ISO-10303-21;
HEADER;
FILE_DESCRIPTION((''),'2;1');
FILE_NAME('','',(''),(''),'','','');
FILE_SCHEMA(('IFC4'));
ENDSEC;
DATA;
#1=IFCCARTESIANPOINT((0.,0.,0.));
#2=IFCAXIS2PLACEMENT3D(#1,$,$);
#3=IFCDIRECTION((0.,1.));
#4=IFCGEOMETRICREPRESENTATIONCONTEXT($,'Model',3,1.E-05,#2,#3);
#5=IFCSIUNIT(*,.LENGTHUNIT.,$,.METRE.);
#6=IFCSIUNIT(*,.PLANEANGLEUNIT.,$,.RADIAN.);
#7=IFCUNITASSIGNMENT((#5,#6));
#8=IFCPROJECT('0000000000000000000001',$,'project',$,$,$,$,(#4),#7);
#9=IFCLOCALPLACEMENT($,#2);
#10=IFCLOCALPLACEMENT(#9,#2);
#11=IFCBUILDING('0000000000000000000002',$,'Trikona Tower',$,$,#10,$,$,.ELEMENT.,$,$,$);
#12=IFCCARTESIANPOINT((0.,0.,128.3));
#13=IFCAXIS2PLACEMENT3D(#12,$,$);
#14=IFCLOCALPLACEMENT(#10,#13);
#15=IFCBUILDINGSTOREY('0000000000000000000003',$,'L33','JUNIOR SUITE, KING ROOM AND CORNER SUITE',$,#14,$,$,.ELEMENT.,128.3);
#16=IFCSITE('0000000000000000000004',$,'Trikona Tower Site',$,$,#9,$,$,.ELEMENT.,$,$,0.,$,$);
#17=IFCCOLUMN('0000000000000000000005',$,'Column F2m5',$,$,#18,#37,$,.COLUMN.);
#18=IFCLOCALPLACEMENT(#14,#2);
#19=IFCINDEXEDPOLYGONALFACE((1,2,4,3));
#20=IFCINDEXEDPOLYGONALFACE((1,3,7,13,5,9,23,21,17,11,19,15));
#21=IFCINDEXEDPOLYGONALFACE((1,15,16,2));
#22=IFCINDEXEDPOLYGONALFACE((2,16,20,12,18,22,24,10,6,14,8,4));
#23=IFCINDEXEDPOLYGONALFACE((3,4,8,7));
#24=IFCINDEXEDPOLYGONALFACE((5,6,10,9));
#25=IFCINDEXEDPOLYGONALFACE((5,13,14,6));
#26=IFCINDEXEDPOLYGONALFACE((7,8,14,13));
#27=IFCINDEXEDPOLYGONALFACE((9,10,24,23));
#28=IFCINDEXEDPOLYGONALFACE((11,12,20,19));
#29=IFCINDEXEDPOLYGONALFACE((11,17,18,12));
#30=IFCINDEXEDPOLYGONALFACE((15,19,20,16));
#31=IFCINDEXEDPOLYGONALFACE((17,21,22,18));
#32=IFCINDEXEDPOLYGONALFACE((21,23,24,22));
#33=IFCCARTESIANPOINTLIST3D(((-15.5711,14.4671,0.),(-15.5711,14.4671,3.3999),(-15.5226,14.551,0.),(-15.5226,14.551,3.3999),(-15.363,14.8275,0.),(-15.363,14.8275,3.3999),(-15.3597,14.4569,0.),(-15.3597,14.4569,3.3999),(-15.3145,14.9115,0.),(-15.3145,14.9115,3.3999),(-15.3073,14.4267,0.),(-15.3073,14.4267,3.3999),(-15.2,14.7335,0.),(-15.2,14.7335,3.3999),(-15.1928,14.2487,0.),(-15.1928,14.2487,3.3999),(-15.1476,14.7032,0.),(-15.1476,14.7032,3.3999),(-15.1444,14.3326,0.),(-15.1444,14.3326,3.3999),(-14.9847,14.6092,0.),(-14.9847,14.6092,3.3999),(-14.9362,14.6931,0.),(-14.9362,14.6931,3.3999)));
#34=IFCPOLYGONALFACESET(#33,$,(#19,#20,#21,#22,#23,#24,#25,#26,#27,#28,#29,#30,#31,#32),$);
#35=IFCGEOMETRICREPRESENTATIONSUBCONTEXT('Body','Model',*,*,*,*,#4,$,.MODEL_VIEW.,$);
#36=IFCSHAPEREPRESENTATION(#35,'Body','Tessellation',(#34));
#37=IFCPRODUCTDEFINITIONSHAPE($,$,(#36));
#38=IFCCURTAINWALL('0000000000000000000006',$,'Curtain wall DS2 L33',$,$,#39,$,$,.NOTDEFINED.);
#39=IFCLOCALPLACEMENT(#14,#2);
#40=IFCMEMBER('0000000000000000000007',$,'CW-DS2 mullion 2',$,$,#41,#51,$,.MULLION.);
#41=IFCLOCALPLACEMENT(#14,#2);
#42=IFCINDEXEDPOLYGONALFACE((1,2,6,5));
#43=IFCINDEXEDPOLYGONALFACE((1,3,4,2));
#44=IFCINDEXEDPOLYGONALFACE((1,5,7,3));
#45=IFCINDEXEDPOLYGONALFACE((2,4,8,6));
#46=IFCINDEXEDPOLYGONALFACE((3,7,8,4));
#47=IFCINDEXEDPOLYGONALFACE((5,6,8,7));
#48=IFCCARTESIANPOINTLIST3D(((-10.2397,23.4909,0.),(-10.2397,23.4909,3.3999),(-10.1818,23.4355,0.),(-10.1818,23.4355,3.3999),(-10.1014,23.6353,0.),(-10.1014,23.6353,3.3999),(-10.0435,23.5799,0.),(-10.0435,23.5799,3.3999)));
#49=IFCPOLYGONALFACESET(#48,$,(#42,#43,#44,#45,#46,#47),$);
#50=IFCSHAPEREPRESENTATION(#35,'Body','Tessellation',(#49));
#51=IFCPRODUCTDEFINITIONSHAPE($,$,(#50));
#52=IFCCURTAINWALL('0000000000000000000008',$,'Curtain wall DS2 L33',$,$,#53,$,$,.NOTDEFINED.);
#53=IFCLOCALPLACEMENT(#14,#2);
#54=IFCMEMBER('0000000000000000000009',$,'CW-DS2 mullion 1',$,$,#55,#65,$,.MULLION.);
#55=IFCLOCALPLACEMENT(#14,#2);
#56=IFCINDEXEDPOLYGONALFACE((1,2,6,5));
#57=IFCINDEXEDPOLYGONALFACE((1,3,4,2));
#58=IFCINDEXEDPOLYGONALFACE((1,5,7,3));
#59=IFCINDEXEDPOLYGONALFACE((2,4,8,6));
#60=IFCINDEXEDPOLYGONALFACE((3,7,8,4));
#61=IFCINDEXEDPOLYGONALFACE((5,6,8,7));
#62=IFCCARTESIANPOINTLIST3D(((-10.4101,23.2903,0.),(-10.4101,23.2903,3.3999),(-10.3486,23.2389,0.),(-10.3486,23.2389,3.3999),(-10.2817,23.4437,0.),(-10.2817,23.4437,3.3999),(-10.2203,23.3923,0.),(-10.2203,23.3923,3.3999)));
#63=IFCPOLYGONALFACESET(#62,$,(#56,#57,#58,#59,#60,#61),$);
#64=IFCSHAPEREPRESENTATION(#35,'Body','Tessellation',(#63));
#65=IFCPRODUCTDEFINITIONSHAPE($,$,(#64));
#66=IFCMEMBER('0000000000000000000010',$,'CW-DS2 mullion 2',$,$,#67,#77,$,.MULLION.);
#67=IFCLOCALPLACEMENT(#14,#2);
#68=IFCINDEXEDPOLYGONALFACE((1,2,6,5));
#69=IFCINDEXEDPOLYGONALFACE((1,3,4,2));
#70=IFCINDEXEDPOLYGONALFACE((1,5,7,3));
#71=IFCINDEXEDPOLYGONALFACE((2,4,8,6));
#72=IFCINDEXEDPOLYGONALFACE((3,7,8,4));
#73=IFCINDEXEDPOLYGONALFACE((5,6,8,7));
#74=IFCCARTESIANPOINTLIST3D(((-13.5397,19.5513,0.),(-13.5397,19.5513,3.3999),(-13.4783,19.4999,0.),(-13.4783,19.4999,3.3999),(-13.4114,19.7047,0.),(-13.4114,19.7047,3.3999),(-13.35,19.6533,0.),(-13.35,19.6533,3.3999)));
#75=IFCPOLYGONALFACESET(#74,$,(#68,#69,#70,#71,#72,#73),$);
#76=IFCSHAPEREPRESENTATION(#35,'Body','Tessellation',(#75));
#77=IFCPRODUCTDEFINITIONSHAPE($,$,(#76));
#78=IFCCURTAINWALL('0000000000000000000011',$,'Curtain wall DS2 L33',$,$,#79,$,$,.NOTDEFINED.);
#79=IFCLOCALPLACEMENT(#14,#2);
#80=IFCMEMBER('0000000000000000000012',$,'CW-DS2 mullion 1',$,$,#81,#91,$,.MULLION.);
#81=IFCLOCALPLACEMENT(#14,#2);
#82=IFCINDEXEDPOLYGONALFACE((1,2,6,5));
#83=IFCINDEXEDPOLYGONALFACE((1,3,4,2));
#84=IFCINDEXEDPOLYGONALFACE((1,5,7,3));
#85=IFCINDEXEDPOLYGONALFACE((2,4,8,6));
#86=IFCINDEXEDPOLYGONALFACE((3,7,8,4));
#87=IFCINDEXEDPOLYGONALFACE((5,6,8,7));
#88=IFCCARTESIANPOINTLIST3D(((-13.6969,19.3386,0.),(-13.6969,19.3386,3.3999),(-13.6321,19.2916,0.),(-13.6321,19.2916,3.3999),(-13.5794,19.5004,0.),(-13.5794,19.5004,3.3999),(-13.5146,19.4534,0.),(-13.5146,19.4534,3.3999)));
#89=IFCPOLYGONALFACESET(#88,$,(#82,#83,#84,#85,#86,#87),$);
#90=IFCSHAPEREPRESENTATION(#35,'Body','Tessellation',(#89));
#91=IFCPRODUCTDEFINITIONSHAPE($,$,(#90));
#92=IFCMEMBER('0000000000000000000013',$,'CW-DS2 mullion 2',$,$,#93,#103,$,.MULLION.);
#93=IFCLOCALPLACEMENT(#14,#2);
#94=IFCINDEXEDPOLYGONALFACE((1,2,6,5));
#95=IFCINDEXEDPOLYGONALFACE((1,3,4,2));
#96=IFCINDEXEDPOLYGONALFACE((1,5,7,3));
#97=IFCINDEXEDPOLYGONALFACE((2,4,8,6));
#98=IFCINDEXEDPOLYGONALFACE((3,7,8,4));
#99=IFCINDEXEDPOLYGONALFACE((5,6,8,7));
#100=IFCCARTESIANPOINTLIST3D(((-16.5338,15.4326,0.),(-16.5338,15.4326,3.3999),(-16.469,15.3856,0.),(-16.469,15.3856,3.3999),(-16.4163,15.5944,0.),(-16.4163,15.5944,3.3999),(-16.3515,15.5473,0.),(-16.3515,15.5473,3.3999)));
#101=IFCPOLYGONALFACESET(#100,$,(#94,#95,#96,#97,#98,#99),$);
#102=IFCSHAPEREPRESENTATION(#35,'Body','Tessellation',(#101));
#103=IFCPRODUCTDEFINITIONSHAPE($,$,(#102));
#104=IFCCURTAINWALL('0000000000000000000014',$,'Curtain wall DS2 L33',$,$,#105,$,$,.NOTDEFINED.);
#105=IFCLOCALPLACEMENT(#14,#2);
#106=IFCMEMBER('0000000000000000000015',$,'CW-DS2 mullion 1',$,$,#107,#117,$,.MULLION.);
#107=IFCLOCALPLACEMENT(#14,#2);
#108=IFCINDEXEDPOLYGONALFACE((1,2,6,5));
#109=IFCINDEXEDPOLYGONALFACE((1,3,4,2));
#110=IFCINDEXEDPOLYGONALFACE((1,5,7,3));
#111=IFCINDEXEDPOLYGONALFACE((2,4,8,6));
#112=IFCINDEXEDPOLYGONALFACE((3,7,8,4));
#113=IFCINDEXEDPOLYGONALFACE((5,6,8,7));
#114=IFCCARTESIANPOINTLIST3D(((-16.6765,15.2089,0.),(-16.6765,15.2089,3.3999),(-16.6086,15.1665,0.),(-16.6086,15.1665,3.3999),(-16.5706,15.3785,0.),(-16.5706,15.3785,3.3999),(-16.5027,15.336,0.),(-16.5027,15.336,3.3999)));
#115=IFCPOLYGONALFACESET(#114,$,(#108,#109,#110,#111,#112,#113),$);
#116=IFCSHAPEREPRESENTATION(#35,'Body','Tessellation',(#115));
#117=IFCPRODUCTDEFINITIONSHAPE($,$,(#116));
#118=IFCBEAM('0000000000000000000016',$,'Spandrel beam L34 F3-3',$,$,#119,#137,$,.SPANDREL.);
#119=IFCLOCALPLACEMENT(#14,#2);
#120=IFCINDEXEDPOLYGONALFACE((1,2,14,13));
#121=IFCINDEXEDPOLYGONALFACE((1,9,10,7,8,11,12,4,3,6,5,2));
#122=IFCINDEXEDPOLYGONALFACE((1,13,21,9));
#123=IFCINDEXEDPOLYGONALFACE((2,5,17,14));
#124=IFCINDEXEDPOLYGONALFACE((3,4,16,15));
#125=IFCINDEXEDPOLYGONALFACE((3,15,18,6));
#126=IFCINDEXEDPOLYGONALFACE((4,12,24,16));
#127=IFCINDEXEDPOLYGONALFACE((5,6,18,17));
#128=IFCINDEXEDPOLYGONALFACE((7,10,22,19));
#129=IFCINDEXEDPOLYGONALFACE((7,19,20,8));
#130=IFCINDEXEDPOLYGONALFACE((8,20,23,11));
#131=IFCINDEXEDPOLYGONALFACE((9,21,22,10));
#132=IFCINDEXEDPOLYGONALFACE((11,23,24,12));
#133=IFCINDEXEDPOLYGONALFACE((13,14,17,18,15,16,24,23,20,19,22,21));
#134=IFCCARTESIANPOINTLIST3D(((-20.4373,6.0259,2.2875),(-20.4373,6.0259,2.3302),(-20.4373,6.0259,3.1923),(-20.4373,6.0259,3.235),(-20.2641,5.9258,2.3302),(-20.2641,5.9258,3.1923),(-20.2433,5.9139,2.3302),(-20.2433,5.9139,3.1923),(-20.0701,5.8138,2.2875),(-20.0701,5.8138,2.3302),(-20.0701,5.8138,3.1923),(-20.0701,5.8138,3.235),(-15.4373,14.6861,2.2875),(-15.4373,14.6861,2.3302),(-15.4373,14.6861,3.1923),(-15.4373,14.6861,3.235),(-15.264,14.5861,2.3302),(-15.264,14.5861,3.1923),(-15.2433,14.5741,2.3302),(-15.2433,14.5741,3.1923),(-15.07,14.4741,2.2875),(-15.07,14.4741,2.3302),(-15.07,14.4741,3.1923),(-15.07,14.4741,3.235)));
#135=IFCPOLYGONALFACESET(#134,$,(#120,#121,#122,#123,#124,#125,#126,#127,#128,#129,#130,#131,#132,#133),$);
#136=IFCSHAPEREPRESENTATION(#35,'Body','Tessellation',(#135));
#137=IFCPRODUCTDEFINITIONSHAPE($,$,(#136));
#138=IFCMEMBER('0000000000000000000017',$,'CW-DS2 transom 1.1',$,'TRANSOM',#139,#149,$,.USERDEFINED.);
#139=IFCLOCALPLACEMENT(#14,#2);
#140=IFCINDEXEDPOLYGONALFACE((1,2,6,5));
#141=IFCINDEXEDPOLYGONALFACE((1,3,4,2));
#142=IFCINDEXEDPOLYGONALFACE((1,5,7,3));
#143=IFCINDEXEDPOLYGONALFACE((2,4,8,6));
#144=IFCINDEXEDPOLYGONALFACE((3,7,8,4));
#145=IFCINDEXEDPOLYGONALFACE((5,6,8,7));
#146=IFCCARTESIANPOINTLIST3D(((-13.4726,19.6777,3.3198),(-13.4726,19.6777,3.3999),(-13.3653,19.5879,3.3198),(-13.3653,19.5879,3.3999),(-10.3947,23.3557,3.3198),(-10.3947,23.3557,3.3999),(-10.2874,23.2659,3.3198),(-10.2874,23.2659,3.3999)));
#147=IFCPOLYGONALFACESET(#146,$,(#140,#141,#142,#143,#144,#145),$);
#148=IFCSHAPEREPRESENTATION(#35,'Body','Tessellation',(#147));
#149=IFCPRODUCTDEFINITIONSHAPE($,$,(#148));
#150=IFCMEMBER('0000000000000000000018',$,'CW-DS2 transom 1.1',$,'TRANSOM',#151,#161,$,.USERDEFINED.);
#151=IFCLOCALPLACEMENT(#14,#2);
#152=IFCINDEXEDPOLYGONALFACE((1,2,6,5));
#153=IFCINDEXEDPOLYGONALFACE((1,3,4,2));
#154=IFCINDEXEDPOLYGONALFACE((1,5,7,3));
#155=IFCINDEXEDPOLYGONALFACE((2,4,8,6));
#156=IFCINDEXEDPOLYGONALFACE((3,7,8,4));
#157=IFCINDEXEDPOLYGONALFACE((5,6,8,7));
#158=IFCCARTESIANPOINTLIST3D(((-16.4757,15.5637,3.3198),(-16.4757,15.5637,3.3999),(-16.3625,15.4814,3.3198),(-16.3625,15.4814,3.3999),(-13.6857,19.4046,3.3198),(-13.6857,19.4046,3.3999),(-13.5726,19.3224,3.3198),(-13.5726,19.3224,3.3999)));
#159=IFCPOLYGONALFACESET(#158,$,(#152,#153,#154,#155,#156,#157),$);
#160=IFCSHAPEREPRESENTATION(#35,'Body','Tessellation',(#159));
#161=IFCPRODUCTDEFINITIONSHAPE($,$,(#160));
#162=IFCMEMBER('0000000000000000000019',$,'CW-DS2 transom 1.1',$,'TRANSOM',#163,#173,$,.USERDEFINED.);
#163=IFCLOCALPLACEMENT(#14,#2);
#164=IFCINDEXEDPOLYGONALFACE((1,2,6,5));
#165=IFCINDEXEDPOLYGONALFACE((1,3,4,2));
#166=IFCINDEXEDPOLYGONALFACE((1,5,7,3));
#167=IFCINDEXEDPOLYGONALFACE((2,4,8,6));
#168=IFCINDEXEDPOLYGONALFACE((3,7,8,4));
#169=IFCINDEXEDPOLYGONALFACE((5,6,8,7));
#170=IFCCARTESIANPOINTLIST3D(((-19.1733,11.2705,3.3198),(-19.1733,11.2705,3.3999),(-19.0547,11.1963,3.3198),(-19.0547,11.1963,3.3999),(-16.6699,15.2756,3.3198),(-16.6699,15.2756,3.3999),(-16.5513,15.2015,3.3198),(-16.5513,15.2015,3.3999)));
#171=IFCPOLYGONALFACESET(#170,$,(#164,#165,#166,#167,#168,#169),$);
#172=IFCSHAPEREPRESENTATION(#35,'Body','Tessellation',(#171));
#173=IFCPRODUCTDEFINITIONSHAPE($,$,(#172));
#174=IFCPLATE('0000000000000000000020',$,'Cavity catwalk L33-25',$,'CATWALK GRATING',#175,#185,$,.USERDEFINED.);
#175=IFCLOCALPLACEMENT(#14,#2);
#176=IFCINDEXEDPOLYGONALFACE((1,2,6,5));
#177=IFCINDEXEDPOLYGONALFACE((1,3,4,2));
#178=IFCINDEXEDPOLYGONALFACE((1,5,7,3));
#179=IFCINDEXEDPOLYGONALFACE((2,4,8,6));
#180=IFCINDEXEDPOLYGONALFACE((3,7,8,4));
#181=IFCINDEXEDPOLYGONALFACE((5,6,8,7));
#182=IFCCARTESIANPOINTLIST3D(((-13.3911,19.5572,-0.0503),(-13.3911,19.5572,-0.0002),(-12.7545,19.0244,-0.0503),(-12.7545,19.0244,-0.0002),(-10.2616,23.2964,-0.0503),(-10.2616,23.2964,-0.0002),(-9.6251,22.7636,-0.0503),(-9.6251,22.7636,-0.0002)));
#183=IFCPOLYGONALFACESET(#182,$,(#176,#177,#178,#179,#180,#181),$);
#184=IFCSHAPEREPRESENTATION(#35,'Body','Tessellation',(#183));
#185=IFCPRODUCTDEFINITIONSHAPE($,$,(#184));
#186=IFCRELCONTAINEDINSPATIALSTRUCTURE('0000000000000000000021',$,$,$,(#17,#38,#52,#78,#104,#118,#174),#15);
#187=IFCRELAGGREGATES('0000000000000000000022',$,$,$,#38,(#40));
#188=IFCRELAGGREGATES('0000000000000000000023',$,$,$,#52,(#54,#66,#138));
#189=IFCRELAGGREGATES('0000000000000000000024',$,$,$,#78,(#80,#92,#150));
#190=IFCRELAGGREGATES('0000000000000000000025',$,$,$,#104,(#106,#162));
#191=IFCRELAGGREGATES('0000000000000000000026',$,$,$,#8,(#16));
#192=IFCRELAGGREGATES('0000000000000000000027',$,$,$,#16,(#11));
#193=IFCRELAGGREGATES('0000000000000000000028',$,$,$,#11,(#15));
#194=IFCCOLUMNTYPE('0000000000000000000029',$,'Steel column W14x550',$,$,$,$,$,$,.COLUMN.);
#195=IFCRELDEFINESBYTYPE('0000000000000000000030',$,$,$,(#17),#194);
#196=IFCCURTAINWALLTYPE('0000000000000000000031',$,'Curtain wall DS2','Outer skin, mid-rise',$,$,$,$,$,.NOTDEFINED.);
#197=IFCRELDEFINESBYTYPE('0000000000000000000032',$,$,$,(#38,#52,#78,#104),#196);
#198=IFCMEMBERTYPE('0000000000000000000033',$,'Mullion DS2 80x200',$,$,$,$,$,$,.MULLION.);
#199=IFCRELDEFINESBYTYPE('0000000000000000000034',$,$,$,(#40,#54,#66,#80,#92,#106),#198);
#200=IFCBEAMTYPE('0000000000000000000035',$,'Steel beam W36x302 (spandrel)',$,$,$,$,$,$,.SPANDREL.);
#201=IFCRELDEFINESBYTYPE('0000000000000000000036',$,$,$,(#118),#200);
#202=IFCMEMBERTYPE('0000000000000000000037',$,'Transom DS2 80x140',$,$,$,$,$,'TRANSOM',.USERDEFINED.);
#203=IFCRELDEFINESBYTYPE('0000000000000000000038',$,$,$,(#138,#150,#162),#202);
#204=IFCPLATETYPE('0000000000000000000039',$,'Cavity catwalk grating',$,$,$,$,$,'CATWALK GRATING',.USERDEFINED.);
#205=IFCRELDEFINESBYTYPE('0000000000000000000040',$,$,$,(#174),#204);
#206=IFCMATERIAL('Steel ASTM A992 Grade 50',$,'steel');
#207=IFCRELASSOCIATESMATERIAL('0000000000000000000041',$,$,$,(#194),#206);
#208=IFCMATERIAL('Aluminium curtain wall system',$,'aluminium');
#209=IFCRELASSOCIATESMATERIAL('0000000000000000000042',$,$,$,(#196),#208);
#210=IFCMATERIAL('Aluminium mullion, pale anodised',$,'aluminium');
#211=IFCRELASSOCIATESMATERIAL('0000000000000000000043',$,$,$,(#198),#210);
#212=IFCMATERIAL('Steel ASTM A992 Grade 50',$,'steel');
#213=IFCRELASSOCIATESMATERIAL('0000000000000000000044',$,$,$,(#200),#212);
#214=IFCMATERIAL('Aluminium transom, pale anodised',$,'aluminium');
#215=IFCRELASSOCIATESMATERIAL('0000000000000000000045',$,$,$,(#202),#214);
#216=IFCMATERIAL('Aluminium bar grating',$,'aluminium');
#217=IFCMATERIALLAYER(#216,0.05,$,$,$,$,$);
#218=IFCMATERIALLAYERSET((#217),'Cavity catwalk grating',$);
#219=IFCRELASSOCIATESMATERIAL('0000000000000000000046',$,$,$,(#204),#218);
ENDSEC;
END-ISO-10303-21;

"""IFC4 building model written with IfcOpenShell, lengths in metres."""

from ifc_helpers import new_model, si_unit, direction, frame, origin, origin_2d, place, context, subcontext, project, spatial, rectangle, i_section, extrude, material, layer, layer_set, material_profile, profile_set, type_object, element, aggregate, save


model = new_model("IFC4")

# Units and contexts
model_context = context("Model", 3, precision=1e-05, world=origin(), true_north=direction((0.0, 1.0)))
body_context = subcontext(model_context, "Body", "Model", "MODEL_VIEW")
ifc_project = project(units=[si_unit("LENGTHUNIT", "METRE"), si_unit("PLANEANGLEUNIT", "RADIAN")], contexts=[model_context])

# Site, building, storey
site_placement = place(None, origin())
site = spatial("IfcSite", under=ifc_project, at=site_placement, Name="Trikona Tower Site", CompositionType="ELEMENT", RefElevation=0.0)
building_placement = place(site_placement, origin())
building = spatial("IfcBuilding", under=site, at=building_placement, Name="Trikona Tower", CompositionType="ELEMENT")
storey_placement = place(building_placement, frame((0.0, 0.0, 128.3)))
storey = spatial("IfcBuildingStorey", under=building, at=storey_placement, Name="L33", Description="JUNIOR SUITE, KING ROOM AND CORNER SUITE", CompositionType="ELEMENT", Elevation=128.3)

# Column
ifc_material_1 = material(Name="Steel ASTM A992 Grade 50", Category="steel")
ifc_material_profile_1 = material_profile(ifc_material_1, i_section(OverallWidth=0.4368, OverallDepth=0.5132, WebThickness=0.0605, FlangeThickness=0.0969, at=origin_2d()), Name="W14X550")
ifc_profile_set_1 = profile_set([ifc_material_profile_1], Name="Steel ASTM A992 Grade 50")
column_type = type_object("IfcColumnType", Name="Steel column W14x550", PredefinedType="COLUMN", material=ifc_profile_set_1)
column_placement = place(storey_placement, frame((-15.2537, 14.5801, 0.0), z_axis=(0.0, 0.0, 1.0), x_axis=(-0.866025, 0.5, 0.0)))
element("IfcColumn", 1, at=column_placement, inside=storey, type_object=column_type, Name="Column F2m5", PredefinedType="COLUMN", context=body_context, shape_type="SweptSolid", body=[
    extrude(i_section(OverallWidth=0.4368, OverallDepth=0.5132, WebThickness=0.0605, FlangeThickness=0.0969, at=origin_2d()), origin(), (0.0, 0.0, 1.0), 3.3999),
])

# Curtain wall, member
ifc_material_2 = material(Name="Aluminium curtain wall system", Category="aluminium")
curtain_wall_type = type_object("IfcCurtainWallType", Name="Curtain wall DS2", Description="Outer skin, mid-rise", PredefinedType="NOTDEFINED", material=ifc_material_2)
curtain_wall_1_placement = place(storey_placement, origin())
curtain_wall_1 = element("IfcCurtainWall", 2, at=curtain_wall_1_placement, inside=storey, type_object=curtain_wall_type, Name="Curtain wall DS2 L33", PredefinedType="NOTDEFINED")
ifc_material_3 = material(Name="Aluminium mullion, pale anodised", Category="aluminium")
ifc_material_profile_2 = material_profile(ifc_material_3, rectangle(XDim=0.0801, YDim=0.2, at=origin_2d()), Name="MUL-DS2")
ifc_profile_set_2 = profile_set([ifc_material_profile_2], Name="Aluminium mullion, pale anodised")
member_type_1 = type_object("IfcMemberType", Name="Mullion DS2 80x200", PredefinedType="MULLION", material=ifc_profile_set_2)
member_1_placement = place(storey_placement, frame((-10.1416, 23.5354, 0.0), z_axis=(0.0, 0.0, 1.0), x_axis=(0.722158, -0.691728, 0.0)))
member_1 = element("IfcMember", 3, at=member_1_placement, type_object=member_type_1, Name="CW-DS2 mullion 2", PredefinedType="MULLION", context=body_context, shape_type="SweptSolid", body=[
    extrude(rectangle(XDim=0.0801, YDim=0.2, at=origin_2d()), origin(), (0.0, 0.0, 1.0), 3.3999),
])
aggregate(curtain_wall_1, [member_1])

# Curtain walls, members
curtain_wall_2_placement = place(storey_placement, origin())
curtain_wall_2 = element("IfcCurtainWall", 4, at=curtain_wall_2_placement, inside=storey, type_object=curtain_wall_type, Name="Curtain wall DS2 L33", PredefinedType="NOTDEFINED")
member_2_placement = place(storey_placement, frame((-10.3152, 23.3413, 0.0), z_axis=(0.0, 0.0, 1.0), x_axis=(0.766867, -0.641806, 0.0)))
member_2 = element("IfcMember", 5, at=member_2_placement, type_object=member_type_1, Name="CW-DS2 mullion 1", PredefinedType="MULLION", context=body_context, shape_type="SweptSolid", body=[
    extrude(rectangle(XDim=0.0801, YDim=0.2, at=origin_2d()), origin(), (0.0, 0.0, 1.0), 3.3999),
])
member_3_placement = place(storey_placement, frame((-13.4448, 19.6023, 0.0), z_axis=(0.0, 0.0, 1.0), x_axis=(0.766867, -0.641806, 0.0)))
member_3 = element("IfcMember", 6, at=member_3_placement, type_object=member_type_1, Name="CW-DS2 mullion 2", PredefinedType="MULLION", context=body_context, shape_type="SweptSolid", body=[
    extrude(rectangle(XDim=0.0801, YDim=0.2, at=origin_2d()), origin(), (0.0, 0.0, 1.0), 3.3999),
])
curtain_wall_3_placement = place(storey_placement, origin())
curtain_wall_3 = element("IfcCurtainWall", 7, at=curtain_wall_3_placement, inside=storey, type_object=curtain_wall_type, Name="Curtain wall DS2 L33", PredefinedType="NOTDEFINED")
member_4_placement = place(storey_placement, frame((-13.6057, 19.396, 0.0), z_axis=(0.0, 0.0, 1.0), x_axis=(0.809086, -0.587691, 0.0)))
member_4 = element("IfcMember", 8, at=member_4_placement, type_object=member_type_1, Name="CW-DS2 mullion 1", PredefinedType="MULLION", context=body_context, shape_type="SweptSolid", body=[
    extrude(rectangle(XDim=0.0801, YDim=0.2, at=origin_2d()), origin(), (0.0, 0.0, 1.0), 3.3999),
])
member_5_placement = place(storey_placement, frame((-16.4426, 15.49, 0.0), z_axis=(0.0, 0.0, 1.0), x_axis=(0.809086, -0.587691, 0.0)))
member_5 = element("IfcMember", 9, at=member_5_placement, type_object=member_type_1, Name="CW-DS2 mullion 2", PredefinedType="MULLION", context=body_context, shape_type="SweptSolid", body=[
    extrude(rectangle(XDim=0.0801, YDim=0.2, at=origin_2d()), origin(), (0.0, 0.0, 1.0), 3.3999),
])

# Curtain wall, member
curtain_wall_4_placement = place(storey_placement, origin())
curtain_wall_4 = element("IfcCurtainWall", 10, at=curtain_wall_4_placement, inside=storey, type_object=curtain_wall_type, Name="Curtain wall DS2 L33", PredefinedType="NOTDEFINED")
member_6_placement = place(storey_placement, frame((-16.5896, 15.2725, 0.0), z_axis=(0.0, 0.0, 1.0), x_axis=(0.847998, -0.529999, 0.0)))
member_6 = element("IfcMember", 11, at=member_6_placement, type_object=member_type_1, Name="CW-DS2 mullion 1", PredefinedType="MULLION", context=body_context, shape_type="SweptSolid", body=[
    extrude(rectangle(XDim=0.0801, YDim=0.2, at=origin_2d()), origin(), (0.0, 0.0, 1.0), 3.3999),
])

# Beam
ifc_material_4 = material(Name="Steel ASTM A992 Grade 50", Category="steel")
ifc_material_profile_3 = material_profile(ifc_material_4, i_section(OverallWidth=0.4241, OverallDepth=0.9475, WebThickness=0.0239, FlangeThickness=0.0427, at=origin_2d()), Name="W36X302")
ifc_profile_set_3 = profile_set([ifc_material_profile_3], Name="Steel ASTM A992 Grade 50")
beam_type = type_object("IfcBeamType", Name="Steel beam W36x302 (spandrel)", PredefinedType="SPANDREL", material=ifc_profile_set_3)
beam_placement = place(storey_placement, frame((-15.2537, 14.5801, 2.7612), z_axis=(-0.500004, -0.866023, 0.0), x_axis=(0.866023, -0.500004, 0.0)))
element("IfcBeam", 12, at=beam_placement, inside=storey, type_object=beam_type, Name="Spandrel beam L34 F3-3", PredefinedType="SPANDREL", context=body_context, shape_type="SweptSolid", body=[
    extrude(i_section(OverallWidth=0.4241, OverallDepth=0.9475, WebThickness=0.0239, FlangeThickness=0.0427, at=origin_2d()), origin(), (0.0, 0.0, 1.0), 10.0),
])

# Members
ifc_material_5 = material(Name="Aluminium transom, pale anodised", Category="aluminium")
ifc_material_profile_4 = material_profile(ifc_material_5, rectangle(XDim=0.1399, YDim=0.0801, at=origin_2d()), Name="TRN-DS2")
ifc_profile_set_4 = profile_set([ifc_material_profile_4], Name="Aluminium transom, pale anodised")
member_type_2 = type_object("IfcMemberType", Name="Transom DS2 80x140", ElementType="TRANSOM", PredefinedType="USERDEFINED", material=ifc_profile_set_4)
member_7_placement = place(storey_placement, frame((-10.3411, 23.3108, 3.3599), z_axis=(-0.64177, -0.766897, 0.0), x_axis=(0.766897, -0.64177, 0.0)))
member_7 = element("IfcMember", 13, at=member_7_placement, type_object=member_type_2, Name="CW-DS2 transom 1.1", ObjectType="TRANSOM", PredefinedType="USERDEFINED", context=body_context, shape_type="SweptSolid", body=[
    extrude(rectangle(XDim=0.1399, YDim=0.0801, at=origin_2d()), origin(), (0.0, 0.0, 1.0), 4.7959),
])
member_8_placement = place(storey_placement, frame((-13.6292, 19.3635, 3.3599), z_axis=(-0.587695, -0.809083, 0.0), x_axis=(0.809083, -0.587695, 0.0)))
member_8 = element("IfcMember", 14, at=member_8_placement, type_object=member_type_2, Name="CW-DS2 transom 1.1", ObjectType="TRANSOM", PredefinedType="USERDEFINED", context=body_context, shape_type="SweptSolid", body=[
    extrude(rectangle(XDim=0.1399, YDim=0.0801, at=origin_2d()), origin(), (0.0, 0.0, 1.0), 4.7473),
])
member_9_placement = place(storey_placement, frame((-16.6106, 15.2385, 3.3599), z_axis=(-0.530031, -0.847978, 0.0), x_axis=(0.847978, -0.530031, 0.0)))
member_9 = element("IfcMember", 15, at=member_9_placement, type_object=member_type_2, Name="CW-DS2 transom 1.1", ObjectType="TRANSOM", PredefinedType="USERDEFINED", context=body_context, shape_type="SweptSolid", body=[
    extrude(rectangle(XDim=0.1399, YDim=0.0801, at=origin_2d()), origin(), (0.0, 0.0, 1.0), 4.7231),
])

# Plate
ifc_material_6 = material(Name="Aluminium bar grating", Category="aluminium")
ifc_layer_1 = layer(ifc_material_6, 0.05)
ifc_layer_set_1 = layer_set([ifc_layer_1], Name="Cavity catwalk grating")
plate_type_1 = type_object("IfcPlateType", Name="Cavity catwalk grating", ElementType="CATWALK GRATING", PredefinedType="USERDEFINED", material=ifc_layer_set_1)
plate_1_placement = place(storey_placement, frame((-11.5081, 21.1604, -0.0503), z_axis=(0.0, 0.0, 1.0), x_axis=(-0.641807, -0.766866, 0.0)))
element("IfcPlate", 16, at=plate_1_placement, inside=storey, type_object=plate_type_1, Name="Cavity catwalk L33-25", ObjectType="CATWALK GRATING", PredefinedType="USERDEFINED", context=body_context, shape_type="SweptSolid", body=[
    extrude(rectangle(XDim=4.876, YDim=0.8301, at=origin_2d()), origin(), (0.0, 0.0, 1.0), 0.05),
])

aggregate(curtain_wall_2, [member_2, member_3, member_7])
aggregate(curtain_wall_3, [member_4, member_5, member_8])
aggregate(curtain_wall_4, [member_6, member_9])

save(model, "model.ifc")
